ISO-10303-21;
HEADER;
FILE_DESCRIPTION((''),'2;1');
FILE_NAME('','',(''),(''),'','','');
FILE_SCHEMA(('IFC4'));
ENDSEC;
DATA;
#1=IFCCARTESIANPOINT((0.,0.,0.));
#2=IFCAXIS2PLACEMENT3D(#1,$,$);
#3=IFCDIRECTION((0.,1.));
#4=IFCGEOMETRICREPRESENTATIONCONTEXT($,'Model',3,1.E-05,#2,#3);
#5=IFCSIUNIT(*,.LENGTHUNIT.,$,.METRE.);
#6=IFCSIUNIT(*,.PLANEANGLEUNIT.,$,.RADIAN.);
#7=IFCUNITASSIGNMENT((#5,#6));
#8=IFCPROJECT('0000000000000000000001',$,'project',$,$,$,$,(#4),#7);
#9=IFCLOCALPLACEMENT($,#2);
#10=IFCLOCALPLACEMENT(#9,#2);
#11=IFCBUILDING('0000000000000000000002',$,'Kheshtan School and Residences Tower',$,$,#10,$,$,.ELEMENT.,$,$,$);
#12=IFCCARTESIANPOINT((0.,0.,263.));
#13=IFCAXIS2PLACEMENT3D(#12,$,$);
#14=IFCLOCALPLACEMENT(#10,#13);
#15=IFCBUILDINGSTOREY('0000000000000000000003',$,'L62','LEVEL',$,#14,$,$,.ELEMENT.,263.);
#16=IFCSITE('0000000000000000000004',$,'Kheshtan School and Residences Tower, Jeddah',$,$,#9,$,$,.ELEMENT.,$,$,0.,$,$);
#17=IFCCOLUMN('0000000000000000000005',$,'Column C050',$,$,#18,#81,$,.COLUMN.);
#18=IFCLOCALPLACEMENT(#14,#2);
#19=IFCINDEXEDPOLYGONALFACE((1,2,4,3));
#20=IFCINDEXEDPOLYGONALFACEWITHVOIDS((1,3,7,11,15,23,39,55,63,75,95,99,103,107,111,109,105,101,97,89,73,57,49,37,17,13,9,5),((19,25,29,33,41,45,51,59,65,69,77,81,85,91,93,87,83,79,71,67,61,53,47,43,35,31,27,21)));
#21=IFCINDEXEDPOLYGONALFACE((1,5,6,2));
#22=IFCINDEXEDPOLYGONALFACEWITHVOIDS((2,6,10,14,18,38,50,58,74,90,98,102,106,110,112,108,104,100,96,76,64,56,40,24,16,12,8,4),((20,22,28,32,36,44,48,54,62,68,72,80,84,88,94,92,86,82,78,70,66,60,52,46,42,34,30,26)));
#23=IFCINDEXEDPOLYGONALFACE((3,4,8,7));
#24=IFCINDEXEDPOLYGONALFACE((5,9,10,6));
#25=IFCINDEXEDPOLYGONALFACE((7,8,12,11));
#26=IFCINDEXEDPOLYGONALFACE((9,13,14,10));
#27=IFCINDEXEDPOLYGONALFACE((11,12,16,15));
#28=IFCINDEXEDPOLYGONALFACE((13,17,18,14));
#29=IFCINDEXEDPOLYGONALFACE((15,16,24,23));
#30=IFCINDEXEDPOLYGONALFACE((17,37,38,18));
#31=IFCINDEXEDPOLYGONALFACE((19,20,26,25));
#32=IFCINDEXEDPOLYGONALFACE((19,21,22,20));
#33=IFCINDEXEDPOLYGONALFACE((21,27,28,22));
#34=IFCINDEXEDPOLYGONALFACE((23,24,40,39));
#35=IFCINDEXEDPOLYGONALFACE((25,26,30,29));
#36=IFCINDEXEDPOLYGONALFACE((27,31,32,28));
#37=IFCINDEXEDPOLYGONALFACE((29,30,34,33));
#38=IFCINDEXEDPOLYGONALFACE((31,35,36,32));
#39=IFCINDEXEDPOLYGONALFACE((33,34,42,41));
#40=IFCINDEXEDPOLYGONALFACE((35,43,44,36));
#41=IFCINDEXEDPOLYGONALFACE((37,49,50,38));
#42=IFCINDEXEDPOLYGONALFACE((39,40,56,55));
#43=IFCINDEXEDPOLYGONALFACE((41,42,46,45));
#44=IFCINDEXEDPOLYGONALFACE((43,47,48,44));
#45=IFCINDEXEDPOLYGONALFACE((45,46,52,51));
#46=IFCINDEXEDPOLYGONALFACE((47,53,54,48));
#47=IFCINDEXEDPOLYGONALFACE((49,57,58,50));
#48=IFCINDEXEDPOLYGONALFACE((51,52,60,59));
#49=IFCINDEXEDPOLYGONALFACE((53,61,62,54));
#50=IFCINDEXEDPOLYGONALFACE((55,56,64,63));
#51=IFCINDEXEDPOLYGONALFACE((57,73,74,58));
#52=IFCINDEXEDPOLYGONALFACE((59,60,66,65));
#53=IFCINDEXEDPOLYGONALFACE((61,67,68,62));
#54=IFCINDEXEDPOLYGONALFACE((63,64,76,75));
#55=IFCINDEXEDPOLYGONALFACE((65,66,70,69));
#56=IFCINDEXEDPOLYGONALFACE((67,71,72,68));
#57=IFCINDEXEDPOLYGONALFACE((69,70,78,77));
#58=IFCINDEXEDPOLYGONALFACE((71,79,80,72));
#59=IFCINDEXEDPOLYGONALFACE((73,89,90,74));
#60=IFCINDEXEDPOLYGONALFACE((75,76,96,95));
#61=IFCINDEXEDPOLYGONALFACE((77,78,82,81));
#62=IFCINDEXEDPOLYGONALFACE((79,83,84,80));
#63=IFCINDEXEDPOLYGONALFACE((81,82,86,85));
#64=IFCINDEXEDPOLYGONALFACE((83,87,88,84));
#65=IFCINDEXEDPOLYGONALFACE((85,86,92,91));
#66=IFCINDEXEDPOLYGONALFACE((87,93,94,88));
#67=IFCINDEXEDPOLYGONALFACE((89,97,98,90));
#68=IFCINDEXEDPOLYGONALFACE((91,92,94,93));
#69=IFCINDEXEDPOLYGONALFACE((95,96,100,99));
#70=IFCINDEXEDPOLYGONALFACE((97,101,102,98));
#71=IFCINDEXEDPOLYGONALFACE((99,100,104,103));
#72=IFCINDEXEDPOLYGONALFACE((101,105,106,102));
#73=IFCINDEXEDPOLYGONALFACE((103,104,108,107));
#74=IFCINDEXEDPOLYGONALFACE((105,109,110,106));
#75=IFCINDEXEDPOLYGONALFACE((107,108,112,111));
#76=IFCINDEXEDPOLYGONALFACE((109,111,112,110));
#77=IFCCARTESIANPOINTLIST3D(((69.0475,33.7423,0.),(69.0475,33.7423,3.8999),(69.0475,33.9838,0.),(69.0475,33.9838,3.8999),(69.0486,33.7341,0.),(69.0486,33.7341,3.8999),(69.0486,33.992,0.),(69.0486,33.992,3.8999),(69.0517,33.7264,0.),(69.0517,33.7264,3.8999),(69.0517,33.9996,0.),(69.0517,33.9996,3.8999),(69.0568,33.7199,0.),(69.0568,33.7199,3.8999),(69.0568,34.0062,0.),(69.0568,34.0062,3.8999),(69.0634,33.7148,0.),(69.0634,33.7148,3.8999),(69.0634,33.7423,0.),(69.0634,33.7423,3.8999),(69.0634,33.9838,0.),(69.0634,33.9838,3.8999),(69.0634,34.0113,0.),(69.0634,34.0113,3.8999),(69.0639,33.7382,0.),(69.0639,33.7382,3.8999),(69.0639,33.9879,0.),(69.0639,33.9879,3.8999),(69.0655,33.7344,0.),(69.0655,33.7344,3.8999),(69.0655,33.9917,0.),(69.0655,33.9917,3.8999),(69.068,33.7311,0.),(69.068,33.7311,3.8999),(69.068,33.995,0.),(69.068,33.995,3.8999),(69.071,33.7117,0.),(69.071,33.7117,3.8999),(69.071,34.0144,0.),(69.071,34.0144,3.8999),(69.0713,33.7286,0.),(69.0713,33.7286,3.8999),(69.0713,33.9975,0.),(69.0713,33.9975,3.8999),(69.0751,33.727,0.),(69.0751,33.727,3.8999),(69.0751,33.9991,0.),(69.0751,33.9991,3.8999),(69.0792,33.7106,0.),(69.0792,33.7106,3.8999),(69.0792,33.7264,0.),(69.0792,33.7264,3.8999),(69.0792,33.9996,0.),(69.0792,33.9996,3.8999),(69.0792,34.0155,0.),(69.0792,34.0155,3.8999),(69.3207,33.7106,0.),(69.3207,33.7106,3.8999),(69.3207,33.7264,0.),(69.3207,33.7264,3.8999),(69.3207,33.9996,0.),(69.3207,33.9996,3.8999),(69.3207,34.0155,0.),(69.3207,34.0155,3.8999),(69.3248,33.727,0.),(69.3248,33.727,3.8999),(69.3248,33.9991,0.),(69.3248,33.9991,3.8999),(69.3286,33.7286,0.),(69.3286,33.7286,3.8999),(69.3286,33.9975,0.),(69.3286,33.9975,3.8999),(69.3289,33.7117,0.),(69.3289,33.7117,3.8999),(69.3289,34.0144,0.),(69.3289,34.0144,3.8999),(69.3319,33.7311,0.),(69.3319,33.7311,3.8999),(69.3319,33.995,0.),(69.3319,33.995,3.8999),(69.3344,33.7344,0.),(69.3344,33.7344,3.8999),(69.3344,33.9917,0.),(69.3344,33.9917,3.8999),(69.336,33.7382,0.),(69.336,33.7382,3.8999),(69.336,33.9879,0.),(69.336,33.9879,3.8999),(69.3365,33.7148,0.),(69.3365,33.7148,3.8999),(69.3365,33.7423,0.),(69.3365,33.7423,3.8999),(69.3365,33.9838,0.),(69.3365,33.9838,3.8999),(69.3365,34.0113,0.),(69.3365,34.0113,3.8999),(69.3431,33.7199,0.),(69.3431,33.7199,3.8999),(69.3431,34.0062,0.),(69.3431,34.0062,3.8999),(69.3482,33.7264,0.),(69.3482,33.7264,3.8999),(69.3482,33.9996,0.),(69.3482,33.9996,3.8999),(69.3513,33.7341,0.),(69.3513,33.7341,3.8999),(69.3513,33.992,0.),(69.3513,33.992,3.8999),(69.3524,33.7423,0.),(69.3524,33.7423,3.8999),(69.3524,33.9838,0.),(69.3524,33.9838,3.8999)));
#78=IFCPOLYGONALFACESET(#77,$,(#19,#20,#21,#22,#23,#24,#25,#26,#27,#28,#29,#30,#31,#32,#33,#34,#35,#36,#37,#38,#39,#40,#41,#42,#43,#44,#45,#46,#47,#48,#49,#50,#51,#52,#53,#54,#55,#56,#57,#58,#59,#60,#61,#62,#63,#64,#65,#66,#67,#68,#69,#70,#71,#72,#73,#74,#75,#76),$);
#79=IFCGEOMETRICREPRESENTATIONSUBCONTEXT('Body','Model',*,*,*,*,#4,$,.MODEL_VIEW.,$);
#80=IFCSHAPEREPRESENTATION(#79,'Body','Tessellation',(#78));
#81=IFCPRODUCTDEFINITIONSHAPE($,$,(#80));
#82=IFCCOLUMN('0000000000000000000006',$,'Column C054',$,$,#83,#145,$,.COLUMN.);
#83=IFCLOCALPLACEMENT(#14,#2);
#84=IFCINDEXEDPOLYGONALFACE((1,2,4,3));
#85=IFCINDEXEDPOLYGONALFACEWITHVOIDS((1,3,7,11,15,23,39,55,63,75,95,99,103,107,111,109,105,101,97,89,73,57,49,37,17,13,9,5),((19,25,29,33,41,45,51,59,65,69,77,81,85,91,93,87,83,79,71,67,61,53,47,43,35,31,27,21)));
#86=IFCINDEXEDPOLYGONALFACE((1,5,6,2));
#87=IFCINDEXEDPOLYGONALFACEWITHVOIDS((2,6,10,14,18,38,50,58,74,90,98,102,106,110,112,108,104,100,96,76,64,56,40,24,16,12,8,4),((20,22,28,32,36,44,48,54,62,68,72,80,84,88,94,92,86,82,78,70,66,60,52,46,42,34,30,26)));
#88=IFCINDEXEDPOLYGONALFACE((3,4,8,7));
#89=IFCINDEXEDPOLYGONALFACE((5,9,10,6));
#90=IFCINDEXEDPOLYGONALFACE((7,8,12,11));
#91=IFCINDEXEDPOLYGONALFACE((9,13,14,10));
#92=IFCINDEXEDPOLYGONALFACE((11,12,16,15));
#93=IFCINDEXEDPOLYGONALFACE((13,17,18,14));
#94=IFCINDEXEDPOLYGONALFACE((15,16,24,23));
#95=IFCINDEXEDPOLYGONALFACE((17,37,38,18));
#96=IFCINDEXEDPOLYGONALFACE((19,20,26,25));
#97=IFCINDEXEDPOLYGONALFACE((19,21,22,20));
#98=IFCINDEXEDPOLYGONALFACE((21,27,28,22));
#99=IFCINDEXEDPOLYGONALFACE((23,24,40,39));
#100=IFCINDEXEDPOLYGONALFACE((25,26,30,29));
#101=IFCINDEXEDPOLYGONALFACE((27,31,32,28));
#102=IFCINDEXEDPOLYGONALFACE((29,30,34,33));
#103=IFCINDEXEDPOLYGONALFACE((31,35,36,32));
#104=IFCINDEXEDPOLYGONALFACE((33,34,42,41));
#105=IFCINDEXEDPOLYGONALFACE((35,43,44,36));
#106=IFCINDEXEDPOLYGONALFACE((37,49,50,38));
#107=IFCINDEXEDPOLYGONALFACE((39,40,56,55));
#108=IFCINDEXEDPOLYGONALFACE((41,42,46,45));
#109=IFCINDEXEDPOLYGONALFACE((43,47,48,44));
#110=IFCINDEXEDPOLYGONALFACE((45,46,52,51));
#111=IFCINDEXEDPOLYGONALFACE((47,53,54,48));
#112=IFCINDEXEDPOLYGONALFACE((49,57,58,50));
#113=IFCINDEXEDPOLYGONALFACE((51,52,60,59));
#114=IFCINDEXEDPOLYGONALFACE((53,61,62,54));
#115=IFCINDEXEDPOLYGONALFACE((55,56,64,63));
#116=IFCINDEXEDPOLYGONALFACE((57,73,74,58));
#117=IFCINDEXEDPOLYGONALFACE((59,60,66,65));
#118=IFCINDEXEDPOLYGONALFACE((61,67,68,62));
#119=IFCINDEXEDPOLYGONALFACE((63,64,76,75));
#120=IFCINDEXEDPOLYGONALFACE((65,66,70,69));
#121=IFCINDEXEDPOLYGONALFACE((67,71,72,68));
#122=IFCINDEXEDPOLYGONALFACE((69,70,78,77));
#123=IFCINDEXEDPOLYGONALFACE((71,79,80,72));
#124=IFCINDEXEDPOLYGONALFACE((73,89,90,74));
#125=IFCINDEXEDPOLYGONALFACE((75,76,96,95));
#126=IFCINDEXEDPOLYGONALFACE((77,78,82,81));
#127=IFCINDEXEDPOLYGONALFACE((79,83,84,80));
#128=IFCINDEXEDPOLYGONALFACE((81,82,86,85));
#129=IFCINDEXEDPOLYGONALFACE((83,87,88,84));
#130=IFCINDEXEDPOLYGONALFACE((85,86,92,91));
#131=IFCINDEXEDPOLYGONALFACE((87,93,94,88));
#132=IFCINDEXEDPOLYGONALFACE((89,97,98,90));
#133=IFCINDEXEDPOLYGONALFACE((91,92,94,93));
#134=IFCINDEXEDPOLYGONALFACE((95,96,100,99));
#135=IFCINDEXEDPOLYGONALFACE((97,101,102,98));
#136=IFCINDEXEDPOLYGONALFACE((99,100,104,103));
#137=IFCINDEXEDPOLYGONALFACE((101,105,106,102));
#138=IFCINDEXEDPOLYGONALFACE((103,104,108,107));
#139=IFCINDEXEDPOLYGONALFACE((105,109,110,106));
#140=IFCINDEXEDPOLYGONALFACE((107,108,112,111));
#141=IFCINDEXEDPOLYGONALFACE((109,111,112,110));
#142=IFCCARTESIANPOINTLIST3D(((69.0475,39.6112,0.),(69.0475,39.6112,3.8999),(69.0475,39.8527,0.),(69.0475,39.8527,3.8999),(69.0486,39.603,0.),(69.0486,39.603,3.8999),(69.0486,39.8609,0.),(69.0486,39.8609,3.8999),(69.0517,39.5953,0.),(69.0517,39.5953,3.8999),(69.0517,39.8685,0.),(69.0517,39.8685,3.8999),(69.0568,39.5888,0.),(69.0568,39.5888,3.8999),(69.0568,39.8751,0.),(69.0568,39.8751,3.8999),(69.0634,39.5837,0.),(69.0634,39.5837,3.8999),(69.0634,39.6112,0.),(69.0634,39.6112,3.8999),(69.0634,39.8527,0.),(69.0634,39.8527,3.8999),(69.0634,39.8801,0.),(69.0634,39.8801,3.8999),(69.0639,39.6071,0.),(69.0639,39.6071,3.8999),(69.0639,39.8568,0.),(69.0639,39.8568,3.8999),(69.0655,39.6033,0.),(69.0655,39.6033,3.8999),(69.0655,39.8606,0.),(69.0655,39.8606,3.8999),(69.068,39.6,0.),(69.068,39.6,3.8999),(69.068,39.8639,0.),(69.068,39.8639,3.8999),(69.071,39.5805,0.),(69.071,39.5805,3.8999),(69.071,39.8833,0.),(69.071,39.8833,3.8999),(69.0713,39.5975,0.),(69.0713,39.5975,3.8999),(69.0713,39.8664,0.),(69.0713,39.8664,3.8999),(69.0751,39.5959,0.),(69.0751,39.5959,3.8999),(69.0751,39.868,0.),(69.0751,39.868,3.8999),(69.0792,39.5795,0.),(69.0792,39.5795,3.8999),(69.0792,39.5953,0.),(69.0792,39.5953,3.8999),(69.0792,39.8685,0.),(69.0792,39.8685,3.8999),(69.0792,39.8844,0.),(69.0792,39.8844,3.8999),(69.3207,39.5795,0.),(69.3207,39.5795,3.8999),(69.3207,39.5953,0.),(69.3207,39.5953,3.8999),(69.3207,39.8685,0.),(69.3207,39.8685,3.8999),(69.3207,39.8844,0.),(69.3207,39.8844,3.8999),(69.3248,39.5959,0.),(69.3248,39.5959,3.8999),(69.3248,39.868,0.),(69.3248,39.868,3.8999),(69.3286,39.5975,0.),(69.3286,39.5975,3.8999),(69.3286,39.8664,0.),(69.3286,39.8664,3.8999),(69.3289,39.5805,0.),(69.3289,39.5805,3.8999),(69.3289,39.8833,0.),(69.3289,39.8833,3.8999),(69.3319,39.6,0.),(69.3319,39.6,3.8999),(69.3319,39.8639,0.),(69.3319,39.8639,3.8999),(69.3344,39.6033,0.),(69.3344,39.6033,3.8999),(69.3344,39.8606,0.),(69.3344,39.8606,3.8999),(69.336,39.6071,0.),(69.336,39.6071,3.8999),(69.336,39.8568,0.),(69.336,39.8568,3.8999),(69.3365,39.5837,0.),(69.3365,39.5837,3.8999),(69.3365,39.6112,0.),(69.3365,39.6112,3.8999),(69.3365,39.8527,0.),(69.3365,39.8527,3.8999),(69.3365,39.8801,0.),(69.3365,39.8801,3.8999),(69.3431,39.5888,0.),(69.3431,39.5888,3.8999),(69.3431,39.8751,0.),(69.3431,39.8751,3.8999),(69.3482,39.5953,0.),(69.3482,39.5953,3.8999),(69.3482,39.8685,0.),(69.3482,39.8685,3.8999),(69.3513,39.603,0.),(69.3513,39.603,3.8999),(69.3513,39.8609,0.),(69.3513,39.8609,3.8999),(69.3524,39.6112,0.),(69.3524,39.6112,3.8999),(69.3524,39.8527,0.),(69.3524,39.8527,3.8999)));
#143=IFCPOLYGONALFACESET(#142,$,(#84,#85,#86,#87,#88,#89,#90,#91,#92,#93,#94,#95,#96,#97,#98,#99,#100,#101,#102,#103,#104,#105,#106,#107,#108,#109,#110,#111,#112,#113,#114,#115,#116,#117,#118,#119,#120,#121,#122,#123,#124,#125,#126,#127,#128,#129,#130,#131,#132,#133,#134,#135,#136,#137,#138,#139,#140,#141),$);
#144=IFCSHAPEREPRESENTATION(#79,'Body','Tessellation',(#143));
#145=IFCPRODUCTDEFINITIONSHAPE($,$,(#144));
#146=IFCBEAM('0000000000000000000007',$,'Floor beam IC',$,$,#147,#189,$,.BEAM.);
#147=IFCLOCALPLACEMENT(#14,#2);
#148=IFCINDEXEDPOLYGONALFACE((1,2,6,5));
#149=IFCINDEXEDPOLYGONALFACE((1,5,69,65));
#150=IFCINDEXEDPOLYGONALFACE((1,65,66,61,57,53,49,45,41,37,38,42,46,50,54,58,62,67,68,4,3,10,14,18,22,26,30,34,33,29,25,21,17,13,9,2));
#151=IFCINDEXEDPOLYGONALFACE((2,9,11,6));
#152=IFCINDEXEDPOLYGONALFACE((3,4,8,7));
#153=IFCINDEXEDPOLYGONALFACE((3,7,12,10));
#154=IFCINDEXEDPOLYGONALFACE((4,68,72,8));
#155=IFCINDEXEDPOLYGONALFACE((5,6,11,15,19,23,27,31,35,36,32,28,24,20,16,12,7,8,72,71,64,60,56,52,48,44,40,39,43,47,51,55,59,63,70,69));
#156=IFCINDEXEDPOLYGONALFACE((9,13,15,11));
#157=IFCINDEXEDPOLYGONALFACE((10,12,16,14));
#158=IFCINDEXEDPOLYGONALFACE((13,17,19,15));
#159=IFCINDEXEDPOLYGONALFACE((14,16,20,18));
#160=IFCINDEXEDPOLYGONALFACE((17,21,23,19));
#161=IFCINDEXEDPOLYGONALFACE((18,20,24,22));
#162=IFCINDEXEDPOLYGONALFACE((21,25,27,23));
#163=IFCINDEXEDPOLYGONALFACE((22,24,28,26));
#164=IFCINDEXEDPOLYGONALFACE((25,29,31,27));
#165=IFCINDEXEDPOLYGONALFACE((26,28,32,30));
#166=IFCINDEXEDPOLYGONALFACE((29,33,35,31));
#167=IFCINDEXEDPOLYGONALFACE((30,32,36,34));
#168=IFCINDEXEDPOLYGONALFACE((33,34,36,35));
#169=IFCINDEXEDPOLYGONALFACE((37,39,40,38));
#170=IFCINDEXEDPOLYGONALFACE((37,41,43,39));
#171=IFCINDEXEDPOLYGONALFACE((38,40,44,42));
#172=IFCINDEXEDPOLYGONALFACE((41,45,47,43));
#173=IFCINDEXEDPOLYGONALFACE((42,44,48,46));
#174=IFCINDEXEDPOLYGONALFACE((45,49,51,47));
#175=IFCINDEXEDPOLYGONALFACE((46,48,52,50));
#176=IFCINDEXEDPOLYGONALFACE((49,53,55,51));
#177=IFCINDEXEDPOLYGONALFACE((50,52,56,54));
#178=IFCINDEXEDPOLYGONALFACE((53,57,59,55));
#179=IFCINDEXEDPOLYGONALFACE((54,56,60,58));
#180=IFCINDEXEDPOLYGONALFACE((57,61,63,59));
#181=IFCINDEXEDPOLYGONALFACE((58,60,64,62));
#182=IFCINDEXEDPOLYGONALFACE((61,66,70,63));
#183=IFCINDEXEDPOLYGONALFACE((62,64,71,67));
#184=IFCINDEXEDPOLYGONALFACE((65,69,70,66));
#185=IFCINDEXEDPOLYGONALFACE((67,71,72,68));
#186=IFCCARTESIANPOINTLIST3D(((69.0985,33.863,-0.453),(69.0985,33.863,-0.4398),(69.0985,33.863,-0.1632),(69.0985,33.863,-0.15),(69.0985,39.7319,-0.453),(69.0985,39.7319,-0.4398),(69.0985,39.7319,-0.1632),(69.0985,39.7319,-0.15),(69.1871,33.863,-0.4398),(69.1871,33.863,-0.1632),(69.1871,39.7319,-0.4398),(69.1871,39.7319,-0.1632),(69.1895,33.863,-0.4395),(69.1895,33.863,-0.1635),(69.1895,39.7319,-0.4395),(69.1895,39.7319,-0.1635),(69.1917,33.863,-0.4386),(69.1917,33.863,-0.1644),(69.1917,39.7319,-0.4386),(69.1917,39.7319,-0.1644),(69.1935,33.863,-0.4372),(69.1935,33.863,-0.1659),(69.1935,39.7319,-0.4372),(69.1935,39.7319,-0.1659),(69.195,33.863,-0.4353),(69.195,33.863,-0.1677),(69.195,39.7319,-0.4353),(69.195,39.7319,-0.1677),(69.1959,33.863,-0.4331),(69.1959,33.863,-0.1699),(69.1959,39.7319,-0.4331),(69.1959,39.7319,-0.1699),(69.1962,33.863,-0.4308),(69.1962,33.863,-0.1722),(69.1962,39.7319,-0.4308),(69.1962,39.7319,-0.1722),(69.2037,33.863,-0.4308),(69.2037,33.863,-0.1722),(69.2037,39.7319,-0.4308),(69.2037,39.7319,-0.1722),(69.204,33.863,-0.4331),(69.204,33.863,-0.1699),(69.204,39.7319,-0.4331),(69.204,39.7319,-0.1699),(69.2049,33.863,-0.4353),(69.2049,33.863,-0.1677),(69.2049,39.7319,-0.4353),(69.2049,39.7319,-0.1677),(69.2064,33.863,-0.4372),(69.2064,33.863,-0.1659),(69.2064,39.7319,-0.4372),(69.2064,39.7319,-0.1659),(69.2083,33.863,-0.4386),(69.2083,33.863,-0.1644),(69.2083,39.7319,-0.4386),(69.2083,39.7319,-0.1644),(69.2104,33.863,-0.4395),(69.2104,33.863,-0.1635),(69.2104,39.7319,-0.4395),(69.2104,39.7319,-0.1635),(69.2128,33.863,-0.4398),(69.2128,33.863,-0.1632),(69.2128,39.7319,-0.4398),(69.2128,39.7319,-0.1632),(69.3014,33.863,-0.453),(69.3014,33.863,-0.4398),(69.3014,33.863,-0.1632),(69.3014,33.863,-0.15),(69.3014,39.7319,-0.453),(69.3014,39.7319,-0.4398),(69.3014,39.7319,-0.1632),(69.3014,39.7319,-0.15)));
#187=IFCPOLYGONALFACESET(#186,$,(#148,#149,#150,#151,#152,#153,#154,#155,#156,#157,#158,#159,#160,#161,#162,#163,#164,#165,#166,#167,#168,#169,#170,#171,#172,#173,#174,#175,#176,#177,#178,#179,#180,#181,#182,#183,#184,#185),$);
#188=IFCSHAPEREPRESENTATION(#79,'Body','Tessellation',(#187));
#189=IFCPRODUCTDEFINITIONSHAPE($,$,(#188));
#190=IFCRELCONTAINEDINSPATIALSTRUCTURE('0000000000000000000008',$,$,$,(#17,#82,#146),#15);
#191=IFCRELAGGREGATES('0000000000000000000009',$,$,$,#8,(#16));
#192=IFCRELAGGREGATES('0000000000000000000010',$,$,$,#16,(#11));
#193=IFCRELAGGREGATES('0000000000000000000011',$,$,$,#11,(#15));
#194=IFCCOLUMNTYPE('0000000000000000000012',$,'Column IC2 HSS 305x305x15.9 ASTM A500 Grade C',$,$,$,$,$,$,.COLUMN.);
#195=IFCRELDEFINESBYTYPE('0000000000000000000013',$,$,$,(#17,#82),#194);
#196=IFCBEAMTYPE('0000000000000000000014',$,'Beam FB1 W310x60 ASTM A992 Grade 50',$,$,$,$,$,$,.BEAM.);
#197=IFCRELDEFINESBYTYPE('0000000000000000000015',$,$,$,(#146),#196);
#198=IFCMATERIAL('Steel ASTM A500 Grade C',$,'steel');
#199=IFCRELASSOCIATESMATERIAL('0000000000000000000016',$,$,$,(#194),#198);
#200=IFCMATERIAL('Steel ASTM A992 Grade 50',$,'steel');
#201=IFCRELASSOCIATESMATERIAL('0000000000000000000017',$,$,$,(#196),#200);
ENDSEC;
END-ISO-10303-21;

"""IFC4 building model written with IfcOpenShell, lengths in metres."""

from ifc_helpers import new_model, si_unit, direction, frame, origin, origin_2d, place, context, subcontext, project, spatial, hollow_rectangle, i_section, extrude, material, material_profile, profile_set, type_object, element, save


model = new_model("IFC4")

# Units and contexts
model_context = context("Model", 3, precision=1e-05, world=origin(), true_north=direction((0.0, 1.0)))
body_context = subcontext(model_context, "Body", "Model", "MODEL_VIEW")
ifc_project = project(units=[si_unit("LENGTHUNIT", "METRE"), si_unit("PLANEANGLEUNIT", "RADIAN")], contexts=[model_context])

# Site, building, storey
site_placement = place(None, origin())
site = spatial("IfcSite", under=ifc_project, at=site_placement, Name="Kheshtan School and Residences Tower, Jeddah", CompositionType="ELEMENT", RefElevation=0.0)
building_placement = place(site_placement, origin())
building = spatial("IfcBuilding", under=site, at=building_placement, Name="Kheshtan School and Residences Tower", CompositionType="ELEMENT")
storey_placement = place(building_placement, frame((0.0, 0.0, 263.0)))
storey = spatial("IfcBuildingStorey", under=building, at=storey_placement, Name="L62", Description="LEVEL", CompositionType="ELEMENT", Elevation=263.0)

# Columns
ifc_material_1 = material(Name="Steel ASTM A500 Grade C", Category="steel")
ifc_material_profile_1 = material_profile(ifc_material_1, hollow_rectangle(XDim=0.3049, YDim=0.3049, WallThickness=0.0159, InnerFilletRadius=0.0159, OuterFilletRadius=0.0317, at=origin_2d()), Name="HSS 305x305x15.9")
ifc_profile_set_1 = profile_set([ifc_material_profile_1], Name="Steel ASTM A500 Grade C")
column_type = type_object("IfcColumnType", Name="Column IC2 HSS 305x305x15.9 ASTM A500 Grade C", PredefinedType="COLUMN", material=ifc_profile_set_1)
for number, where, z_axis, x_axis, name in (
    (1, (69.2, 33.863, 0.0), (0.0, 0.0, 1.0), (1.0, 0.0, 0.0), "Column C050"),
    (2, (69.2, 39.7319, 0.0), (0.0, 0.0, 1.0), (1.0, 0.0, 0.0), "Column C054"),
):
    element("IfcColumn", number, at=place(storey_placement, frame(where, z_axis=z_axis, x_axis=x_axis)), inside=storey, type_object=column_type, Name=name, PredefinedType="COLUMN", context=body_context, shape_type="SweptSolid", body=[
        extrude(hollow_rectangle(XDim=0.3049, YDim=0.3049, WallThickness=0.0159, InnerFilletRadius=0.0159, OuterFilletRadius=0.0317, at=origin_2d()), origin(), (0.0, 0.0, 1.0), 3.8999),
    ])

# Beam
ifc_material_2 = material(Name="Steel ASTM A992 Grade 50", Category="steel")
ifc_material_profile_2 = material_profile(ifc_material_2, i_section(OverallWidth=0.2029, OverallDepth=0.303, WebThickness=0.0076, FlangeThickness=0.0132, FilletRadius=0.009, at=origin_2d()), Name="W310x60")
ifc_profile_set_2 = profile_set([ifc_material_profile_2], Name="Steel ASTM A992 Grade 50")
beam_type = type_object("IfcBeamType", Name="Beam FB1 W310x60 ASTM A992 Grade 50", PredefinedType="BEAM", material=ifc_profile_set_2)
beam_placement = place(storey_placement, frame((69.2, 33.863, -0.3015), z_axis=(0.0, 1.0, 0.0), x_axis=(-1.0, 0.0, 0.0)))
element("IfcBeam", 3, at=beam_placement, inside=storey, type_object=beam_type, Name="Floor beam IC", PredefinedType="BEAM", context=body_context, shape_type="SweptSolid", body=[
    extrude(i_section(OverallWidth=0.2029, OverallDepth=0.303, WebThickness=0.0076, FlangeThickness=0.0132, FilletRadius=0.009, at=origin_2d()), origin(), (0.0, 0.0, 1.0), 5.8689),
])

save(model, "model.ifc")
